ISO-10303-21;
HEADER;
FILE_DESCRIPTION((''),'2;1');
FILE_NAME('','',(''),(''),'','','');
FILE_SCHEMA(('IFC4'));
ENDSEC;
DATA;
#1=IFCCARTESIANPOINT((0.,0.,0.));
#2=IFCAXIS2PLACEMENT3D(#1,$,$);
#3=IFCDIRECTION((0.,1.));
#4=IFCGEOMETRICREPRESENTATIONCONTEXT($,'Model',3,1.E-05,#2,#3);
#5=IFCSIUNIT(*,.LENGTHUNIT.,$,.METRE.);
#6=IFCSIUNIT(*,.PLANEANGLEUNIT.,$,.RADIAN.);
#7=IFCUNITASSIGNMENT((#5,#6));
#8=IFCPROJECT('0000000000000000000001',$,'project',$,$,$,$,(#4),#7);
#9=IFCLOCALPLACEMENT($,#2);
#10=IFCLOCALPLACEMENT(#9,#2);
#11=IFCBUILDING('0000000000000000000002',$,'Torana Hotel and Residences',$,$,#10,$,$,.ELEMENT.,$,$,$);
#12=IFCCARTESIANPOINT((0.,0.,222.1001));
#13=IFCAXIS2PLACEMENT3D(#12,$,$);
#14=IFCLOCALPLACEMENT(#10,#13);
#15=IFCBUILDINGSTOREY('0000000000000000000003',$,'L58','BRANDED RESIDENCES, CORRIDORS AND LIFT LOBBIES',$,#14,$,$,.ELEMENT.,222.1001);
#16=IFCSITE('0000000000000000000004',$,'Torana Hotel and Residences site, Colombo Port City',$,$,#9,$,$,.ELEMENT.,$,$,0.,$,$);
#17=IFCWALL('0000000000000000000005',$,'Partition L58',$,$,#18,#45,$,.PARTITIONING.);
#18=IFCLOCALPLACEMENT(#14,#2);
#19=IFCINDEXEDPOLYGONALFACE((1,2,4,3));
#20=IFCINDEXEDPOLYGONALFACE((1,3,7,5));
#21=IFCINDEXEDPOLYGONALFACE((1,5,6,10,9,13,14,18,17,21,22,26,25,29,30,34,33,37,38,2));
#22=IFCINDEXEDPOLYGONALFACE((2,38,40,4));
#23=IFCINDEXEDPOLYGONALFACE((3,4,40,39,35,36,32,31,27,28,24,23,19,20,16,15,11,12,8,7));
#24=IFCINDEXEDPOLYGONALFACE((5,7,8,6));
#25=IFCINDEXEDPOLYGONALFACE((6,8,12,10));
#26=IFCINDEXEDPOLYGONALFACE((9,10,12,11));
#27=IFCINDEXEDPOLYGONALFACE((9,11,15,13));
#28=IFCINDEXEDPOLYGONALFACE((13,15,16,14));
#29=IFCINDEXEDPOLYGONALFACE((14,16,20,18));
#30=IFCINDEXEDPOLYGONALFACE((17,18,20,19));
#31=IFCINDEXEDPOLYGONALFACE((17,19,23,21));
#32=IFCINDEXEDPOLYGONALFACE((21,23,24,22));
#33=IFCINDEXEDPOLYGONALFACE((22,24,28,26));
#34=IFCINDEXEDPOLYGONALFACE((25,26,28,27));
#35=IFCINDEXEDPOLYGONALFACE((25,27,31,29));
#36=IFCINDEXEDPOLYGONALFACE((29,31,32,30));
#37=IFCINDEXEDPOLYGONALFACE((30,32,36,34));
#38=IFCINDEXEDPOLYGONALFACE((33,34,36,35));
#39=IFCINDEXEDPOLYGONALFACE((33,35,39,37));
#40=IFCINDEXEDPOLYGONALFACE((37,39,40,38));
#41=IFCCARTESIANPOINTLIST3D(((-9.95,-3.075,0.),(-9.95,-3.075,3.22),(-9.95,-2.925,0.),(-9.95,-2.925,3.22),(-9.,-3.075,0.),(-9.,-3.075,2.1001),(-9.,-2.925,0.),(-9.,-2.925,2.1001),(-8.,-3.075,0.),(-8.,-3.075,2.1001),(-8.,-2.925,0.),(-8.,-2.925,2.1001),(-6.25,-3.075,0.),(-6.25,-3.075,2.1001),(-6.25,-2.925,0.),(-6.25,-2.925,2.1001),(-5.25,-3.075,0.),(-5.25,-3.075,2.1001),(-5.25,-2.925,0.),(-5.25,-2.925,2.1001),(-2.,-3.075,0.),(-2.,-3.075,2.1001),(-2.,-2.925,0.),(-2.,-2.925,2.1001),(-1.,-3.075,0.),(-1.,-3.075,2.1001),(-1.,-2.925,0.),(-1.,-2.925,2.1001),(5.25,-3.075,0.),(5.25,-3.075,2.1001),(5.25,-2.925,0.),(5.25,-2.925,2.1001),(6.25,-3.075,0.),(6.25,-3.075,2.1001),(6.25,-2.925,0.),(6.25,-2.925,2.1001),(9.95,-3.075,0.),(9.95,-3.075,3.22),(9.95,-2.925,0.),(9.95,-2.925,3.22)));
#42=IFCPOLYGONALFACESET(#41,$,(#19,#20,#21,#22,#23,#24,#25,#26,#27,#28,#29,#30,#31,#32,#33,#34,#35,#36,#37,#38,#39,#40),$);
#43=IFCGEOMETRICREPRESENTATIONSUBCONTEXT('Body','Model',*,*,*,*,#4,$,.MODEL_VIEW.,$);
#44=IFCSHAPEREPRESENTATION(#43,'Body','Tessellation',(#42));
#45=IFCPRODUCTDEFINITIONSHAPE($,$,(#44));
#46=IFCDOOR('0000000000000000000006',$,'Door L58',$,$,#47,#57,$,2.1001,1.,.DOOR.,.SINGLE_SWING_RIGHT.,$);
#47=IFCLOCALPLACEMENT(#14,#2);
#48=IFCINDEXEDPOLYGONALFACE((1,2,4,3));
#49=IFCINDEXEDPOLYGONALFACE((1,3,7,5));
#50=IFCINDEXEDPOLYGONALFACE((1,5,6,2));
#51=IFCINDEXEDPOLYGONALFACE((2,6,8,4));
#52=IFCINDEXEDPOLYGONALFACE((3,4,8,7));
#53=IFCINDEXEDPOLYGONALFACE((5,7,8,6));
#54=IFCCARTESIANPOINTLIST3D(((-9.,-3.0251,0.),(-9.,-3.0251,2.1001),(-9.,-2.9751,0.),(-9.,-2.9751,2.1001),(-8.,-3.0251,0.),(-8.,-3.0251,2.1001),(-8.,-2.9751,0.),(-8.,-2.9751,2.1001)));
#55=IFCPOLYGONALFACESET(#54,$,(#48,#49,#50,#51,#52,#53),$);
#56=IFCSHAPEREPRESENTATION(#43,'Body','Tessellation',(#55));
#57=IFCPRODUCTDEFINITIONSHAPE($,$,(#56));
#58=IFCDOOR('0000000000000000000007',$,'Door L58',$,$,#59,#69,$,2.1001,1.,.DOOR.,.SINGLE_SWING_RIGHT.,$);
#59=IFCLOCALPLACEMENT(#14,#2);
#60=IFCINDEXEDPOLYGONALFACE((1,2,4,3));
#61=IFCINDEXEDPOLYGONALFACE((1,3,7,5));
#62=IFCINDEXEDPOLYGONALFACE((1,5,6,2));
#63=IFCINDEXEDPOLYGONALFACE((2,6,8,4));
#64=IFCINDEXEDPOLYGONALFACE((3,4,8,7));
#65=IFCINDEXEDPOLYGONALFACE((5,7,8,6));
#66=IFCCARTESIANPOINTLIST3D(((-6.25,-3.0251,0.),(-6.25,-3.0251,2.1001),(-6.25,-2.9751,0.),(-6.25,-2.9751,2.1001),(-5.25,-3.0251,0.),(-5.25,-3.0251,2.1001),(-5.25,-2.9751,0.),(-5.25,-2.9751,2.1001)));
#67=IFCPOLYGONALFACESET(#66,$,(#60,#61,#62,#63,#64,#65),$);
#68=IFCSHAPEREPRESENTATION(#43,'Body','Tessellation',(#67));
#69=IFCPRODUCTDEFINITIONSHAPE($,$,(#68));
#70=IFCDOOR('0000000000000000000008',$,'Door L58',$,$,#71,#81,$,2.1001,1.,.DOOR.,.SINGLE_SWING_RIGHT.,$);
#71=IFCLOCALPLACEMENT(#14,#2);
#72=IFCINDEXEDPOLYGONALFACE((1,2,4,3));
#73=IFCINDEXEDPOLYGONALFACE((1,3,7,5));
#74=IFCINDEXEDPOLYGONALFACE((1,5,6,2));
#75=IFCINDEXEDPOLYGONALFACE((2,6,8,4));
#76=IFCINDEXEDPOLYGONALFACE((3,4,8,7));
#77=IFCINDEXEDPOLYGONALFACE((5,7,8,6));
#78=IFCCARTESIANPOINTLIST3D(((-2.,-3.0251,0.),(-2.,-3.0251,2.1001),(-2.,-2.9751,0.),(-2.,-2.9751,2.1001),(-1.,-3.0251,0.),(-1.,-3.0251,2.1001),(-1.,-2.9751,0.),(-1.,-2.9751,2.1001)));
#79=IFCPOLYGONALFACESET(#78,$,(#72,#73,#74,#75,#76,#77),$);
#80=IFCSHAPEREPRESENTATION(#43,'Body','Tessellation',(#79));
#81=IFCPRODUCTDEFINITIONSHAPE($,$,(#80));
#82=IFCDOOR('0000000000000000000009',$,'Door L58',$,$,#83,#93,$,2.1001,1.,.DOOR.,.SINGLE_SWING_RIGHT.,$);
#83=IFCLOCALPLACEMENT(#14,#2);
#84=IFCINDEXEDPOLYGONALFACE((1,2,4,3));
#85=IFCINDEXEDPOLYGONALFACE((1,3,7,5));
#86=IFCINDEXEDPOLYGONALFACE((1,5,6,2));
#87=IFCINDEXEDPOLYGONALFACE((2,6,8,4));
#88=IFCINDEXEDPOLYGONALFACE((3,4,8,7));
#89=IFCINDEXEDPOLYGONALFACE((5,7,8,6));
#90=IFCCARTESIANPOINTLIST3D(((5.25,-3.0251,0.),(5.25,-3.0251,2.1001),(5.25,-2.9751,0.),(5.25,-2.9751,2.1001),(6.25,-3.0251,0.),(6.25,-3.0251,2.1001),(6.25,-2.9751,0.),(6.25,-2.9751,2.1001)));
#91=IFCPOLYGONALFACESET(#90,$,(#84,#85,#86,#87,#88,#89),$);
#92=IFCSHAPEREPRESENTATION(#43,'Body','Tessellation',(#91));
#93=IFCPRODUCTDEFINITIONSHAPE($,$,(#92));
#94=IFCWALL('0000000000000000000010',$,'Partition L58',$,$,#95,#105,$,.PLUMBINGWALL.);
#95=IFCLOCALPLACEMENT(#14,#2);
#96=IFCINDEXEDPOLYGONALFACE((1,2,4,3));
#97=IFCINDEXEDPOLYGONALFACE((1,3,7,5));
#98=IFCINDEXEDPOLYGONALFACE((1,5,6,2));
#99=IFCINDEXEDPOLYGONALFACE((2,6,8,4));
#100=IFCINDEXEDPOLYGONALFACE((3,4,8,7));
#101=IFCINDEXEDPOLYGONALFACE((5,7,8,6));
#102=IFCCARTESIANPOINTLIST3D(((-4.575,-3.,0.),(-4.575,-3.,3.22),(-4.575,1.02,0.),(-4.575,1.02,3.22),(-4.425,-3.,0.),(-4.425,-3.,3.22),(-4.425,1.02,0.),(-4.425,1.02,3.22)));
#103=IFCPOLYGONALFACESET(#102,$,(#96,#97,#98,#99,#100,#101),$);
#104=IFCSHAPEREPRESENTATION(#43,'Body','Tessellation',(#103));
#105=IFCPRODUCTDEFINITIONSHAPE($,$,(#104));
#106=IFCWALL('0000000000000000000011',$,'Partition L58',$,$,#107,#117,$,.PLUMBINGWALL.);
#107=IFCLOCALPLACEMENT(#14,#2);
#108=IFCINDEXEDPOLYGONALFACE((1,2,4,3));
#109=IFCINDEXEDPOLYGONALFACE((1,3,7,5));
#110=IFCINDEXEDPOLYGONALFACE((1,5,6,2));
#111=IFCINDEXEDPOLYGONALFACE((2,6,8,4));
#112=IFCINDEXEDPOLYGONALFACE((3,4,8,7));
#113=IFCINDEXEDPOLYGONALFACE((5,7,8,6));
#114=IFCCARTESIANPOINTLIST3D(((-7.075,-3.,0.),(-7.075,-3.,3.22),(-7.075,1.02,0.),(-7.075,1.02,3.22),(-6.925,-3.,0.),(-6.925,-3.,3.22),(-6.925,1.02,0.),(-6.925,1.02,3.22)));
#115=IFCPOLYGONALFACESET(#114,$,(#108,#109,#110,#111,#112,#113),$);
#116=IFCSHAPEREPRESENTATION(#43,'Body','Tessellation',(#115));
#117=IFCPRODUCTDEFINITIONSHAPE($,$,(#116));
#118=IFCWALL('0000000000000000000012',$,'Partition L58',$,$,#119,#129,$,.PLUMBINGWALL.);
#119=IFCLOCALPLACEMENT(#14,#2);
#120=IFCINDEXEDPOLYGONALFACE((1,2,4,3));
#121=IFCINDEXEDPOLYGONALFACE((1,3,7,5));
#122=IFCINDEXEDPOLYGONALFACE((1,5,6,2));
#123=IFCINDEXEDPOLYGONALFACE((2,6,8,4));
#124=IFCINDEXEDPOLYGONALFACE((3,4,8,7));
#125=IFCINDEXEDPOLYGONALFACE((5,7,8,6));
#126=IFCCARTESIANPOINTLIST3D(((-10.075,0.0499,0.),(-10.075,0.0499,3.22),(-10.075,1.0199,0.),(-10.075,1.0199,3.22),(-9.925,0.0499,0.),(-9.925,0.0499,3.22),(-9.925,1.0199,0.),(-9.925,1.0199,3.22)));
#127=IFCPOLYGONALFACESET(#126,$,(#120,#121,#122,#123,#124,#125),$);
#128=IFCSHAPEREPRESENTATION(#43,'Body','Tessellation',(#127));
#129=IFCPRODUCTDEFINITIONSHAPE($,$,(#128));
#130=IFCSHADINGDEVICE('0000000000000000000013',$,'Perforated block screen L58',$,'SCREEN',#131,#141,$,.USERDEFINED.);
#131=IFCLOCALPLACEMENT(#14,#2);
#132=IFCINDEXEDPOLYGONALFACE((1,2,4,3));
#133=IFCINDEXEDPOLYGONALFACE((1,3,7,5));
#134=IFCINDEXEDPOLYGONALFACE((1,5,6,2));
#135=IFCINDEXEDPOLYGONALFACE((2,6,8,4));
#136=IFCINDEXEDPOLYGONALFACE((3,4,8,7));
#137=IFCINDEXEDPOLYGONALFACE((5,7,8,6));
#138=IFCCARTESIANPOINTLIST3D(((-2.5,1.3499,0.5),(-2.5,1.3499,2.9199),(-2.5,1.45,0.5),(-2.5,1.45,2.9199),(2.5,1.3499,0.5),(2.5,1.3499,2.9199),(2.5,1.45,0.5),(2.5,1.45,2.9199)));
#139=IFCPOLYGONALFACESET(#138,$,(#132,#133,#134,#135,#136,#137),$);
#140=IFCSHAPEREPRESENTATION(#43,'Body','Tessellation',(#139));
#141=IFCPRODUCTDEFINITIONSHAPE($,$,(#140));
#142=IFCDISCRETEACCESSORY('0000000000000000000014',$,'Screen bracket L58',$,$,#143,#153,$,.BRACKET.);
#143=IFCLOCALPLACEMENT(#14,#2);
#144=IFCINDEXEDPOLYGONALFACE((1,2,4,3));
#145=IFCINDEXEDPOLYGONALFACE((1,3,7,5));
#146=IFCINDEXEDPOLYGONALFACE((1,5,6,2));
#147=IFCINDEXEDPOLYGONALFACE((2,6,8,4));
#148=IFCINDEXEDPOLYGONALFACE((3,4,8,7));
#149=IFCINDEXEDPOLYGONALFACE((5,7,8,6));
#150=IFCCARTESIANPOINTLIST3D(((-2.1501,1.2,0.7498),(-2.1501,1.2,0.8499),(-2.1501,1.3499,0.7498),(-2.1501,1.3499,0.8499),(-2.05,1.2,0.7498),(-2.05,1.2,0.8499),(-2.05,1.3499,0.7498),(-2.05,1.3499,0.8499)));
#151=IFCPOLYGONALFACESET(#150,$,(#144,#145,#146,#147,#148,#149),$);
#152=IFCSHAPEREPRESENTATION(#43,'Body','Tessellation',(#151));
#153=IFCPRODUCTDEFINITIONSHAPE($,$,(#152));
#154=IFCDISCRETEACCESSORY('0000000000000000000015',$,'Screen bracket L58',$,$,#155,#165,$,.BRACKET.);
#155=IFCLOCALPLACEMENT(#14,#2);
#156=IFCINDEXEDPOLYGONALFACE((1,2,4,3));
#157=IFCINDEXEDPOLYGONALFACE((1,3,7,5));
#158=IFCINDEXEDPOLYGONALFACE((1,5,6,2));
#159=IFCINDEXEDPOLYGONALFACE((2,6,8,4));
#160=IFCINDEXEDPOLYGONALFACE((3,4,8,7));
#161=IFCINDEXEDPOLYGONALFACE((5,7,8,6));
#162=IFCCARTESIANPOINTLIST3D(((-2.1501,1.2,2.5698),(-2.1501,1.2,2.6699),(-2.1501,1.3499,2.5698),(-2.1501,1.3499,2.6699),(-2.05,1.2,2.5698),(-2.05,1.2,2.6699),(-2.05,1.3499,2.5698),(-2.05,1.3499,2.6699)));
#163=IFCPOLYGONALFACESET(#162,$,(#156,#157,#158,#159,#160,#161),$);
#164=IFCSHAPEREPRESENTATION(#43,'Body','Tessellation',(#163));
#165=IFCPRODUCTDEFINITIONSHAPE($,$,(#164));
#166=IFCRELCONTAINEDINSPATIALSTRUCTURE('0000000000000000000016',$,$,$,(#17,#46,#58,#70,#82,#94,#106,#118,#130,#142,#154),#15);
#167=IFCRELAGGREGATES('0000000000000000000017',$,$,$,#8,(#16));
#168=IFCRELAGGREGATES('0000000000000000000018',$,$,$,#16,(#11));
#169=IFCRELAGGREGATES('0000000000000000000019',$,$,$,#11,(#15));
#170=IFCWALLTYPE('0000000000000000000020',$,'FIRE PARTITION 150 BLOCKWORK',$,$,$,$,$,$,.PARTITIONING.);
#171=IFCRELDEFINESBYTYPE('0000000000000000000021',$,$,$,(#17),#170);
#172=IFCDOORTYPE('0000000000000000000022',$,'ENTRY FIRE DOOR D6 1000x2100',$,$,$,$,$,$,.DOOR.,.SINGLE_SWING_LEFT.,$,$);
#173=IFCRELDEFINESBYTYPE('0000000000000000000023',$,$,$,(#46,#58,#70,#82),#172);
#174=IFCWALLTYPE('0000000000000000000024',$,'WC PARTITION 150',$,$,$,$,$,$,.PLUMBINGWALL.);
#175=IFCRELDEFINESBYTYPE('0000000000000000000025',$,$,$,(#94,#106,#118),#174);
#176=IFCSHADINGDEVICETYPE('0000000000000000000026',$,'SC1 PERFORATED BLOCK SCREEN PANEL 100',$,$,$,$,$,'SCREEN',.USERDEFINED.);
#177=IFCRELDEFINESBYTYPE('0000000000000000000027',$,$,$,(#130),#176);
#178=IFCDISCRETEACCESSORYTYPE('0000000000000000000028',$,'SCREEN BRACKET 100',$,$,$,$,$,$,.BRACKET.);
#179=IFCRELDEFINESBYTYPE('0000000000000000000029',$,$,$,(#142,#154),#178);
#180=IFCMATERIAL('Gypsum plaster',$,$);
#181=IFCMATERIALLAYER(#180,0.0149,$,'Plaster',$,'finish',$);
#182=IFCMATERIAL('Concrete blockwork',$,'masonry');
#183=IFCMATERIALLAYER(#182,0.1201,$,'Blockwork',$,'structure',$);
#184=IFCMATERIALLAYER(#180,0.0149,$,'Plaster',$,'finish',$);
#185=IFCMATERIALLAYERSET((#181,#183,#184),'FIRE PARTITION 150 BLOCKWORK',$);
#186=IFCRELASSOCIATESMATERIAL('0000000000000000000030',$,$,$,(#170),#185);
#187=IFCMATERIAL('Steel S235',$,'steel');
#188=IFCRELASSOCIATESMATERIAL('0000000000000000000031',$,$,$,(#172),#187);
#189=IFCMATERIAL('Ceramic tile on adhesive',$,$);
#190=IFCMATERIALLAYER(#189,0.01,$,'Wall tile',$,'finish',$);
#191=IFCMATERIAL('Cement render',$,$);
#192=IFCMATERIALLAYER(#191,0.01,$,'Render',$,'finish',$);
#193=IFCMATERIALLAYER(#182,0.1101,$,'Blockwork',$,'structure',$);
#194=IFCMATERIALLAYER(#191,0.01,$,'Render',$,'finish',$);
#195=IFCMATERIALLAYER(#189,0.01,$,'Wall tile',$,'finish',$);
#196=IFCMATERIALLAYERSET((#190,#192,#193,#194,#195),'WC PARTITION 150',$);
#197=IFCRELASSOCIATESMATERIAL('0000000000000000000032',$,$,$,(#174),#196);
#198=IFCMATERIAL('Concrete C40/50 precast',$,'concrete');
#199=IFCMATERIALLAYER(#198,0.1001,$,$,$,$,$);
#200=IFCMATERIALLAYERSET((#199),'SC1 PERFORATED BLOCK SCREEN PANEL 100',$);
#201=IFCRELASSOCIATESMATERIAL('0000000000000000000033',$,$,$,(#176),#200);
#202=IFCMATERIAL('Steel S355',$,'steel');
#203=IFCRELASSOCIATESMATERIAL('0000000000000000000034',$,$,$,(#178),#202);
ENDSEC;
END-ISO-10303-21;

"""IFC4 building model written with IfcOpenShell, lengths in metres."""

from ifc_helpers import new_model, si_unit, direction, frame, frame_2d, origin, origin_2d, place, context, subcontext, project, spatial, rectangle, extrude, material, layer, layer_set, type_object, element, fill, save


model = new_model("IFC4")

# Units and contexts
model_context = context("Model", 3, precision=1e-05, world=origin(), true_north=direction((0.0, 1.0)))
body_context = subcontext(model_context, "Body", "Model", "MODEL_VIEW")
ifc_project = project(units=[si_unit("LENGTHUNIT", "METRE"), si_unit("PLANEANGLEUNIT", "RADIAN")], contexts=[model_context])

# Site, building, storey
site_placement = place(None, origin())
site = spatial("IfcSite", under=ifc_project, at=site_placement, Name="Torana Hotel and Residences site, Colombo Port City", CompositionType="ELEMENT", RefElevation=0.0)
building_placement = place(site_placement, origin())
building = spatial("IfcBuilding", under=site, at=building_placement, Name="Torana Hotel and Residences", CompositionType="ELEMENT")
storey_placement = place(building_placement, frame((0.0, 0.0, 222.1001)))
storey = spatial("IfcBuildingStorey", under=building, at=storey_placement, Name="L58", Description="BRANDED RESIDENCES, CORRIDORS AND LIFT LOBBIES", CompositionType="ELEMENT", Elevation=222.1001)

# Shared definitions
ifc_material_1 = material(Name="Gypsum plaster")
ifc_layer_1 = layer(ifc_material_1, 0.0149, Name="Plaster", Category="finish")
ifc_material_2 = material(Name="Concrete blockwork", Category="masonry")
ifc_layer_2 = layer(ifc_material_2, 0.1201, Name="Blockwork", Category="structure")
ifc_layer_3 = layer(ifc_material_1, 0.0149, Name="Plaster", Category="finish")
ifc_layer_set_1 = layer_set([ifc_layer_1, ifc_layer_2, ifc_layer_3], Name="FIRE PARTITION 150 BLOCKWORK")
wall_type_1 = type_object("IfcWallType", Name="FIRE PARTITION 150 BLOCKWORK", PredefinedType="PARTITIONING", material=ifc_layer_set_1)

# Wall, openings, doors
ifc_material_3 = material(Name="Steel S235", Category="steel")
door_type = type_object("IfcDoorType", Name="ENTRY FIRE DOOR D6 1000x2100", OperationType="SINGLE_SWING_LEFT", PredefinedType="DOOR", material=ifc_material_3)
wall_1_placement = place(storey_placement, frame((-9.95, -3.0, 0.0), z_axis=(0.0, 0.0, 1.0), x_axis=(1.0, 0.0, 0.0)))
wall_1 = element("IfcWall", 1, at=wall_1_placement, inside=storey, type_object=wall_type_1, Name="Partition L58", PredefinedType="PARTITIONING", context=body_context, shape_type="SweptSolid", body=[
    extrude(rectangle(XDim=19.8999, YDim=0.1499, at=frame_2d((9.95, 0.0))), origin(), (0.0, 0.0, 1.0), 3.22),
])
opening_1_placement = place(wall_1_placement, frame((0.95, 0.0, 0.0)))
opening_1 = element("IfcOpeningElement", 2, at=opening_1_placement, cuts=wall_1, PredefinedType="OPENING", context=body_context, shape_type="SweptSolid", body=[
    extrude(rectangle(XDim=1.0, YDim=2.1001, at=frame_2d((0.5, 1.05))), frame((0.0, 0.085, 0.0), z_axis=(0.0, -1.0, 0.0), x_axis=(1.0, 0.0, 0.0)), (0.0, 0.0, 1.0), 0.1699),
])
opening_2_placement = place(wall_1_placement, frame((3.7, 0.0, 0.0)))
opening_2 = element("IfcOpeningElement", 3, at=opening_2_placement, cuts=wall_1, PredefinedType="OPENING", context=body_context, shape_type="SweptSolid", body=[
    extrude(rectangle(XDim=1.0, YDim=2.1001, at=frame_2d((0.5, 1.05))), frame((0.0, 0.085, 0.0), z_axis=(0.0, -1.0, 0.0), x_axis=(1.0, 0.0, 0.0)), (0.0, 0.0, 1.0), 0.1699),
])
opening_3_placement = place(wall_1_placement, frame((7.95, 0.0, 0.0)))
opening_3 = element("IfcOpeningElement", 4, at=opening_3_placement, cuts=wall_1, PredefinedType="OPENING", context=body_context, shape_type="SweptSolid", body=[
    extrude(rectangle(XDim=1.0, YDim=2.1001, at=frame_2d((0.5, 1.05))), frame((0.0, 0.085, 0.0), z_axis=(0.0, -1.0, 0.0), x_axis=(1.0, 0.0, 0.0)), (0.0, 0.0, 1.0), 0.1699),
])
opening_4_placement = place(wall_1_placement, frame((15.2, 0.0, 0.0)))
opening_4 = element("IfcOpeningElement", 5, at=opening_4_placement, cuts=wall_1, PredefinedType="OPENING", context=body_context, shape_type="SweptSolid", body=[
    extrude(rectangle(XDim=1.0, YDim=2.1001, at=frame_2d((0.5, 1.05))), frame((0.0, 0.085, 0.0), z_axis=(0.0, -1.0, 0.0), x_axis=(1.0, 0.0, 0.0)), (0.0, 0.0, 1.0), 0.1699),
])
door_1_placement = place(opening_1_placement, origin())
door_1 = element("IfcDoor", 6, at=door_1_placement, inside=storey, type_object=door_type, Name="Door L58", OperationType="SINGLE_SWING_RIGHT", OverallHeight=2.1001, OverallWidth=1.0, PredefinedType="DOOR", context=body_context, shape_type="SweptSolid", body=[
    extrude(rectangle(XDim=1.0, YDim=2.1001, at=frame_2d((0.5, 1.05))), frame((0.0, 0.0249, 0.0), z_axis=(0.0, -1.0, 0.0), x_axis=(1.0, 0.0, 0.0)), (0.0, 0.0, 1.0), 0.05),
])
fill(opening_1, door_1)
door_2_placement = place(opening_2_placement, origin())
door_2 = element("IfcDoor", 7, at=door_2_placement, inside=storey, type_object=door_type, Name="Door L58", OperationType="SINGLE_SWING_RIGHT", OverallHeight=2.1001, OverallWidth=1.0, PredefinedType="DOOR", context=body_context, shape_type="SweptSolid", body=[
    extrude(rectangle(XDim=1.0, YDim=2.1001, at=frame_2d((0.5, 1.05))), frame((0.0, 0.0249, 0.0), z_axis=(0.0, -1.0, 0.0), x_axis=(1.0, 0.0, 0.0)), (0.0, 0.0, 1.0), 0.05),
])
fill(opening_2, door_2)
door_3_placement = place(opening_3_placement, origin())
door_3 = element("IfcDoor", 8, at=door_3_placement, inside=storey, type_object=door_type, Name="Door L58", OperationType="SINGLE_SWING_RIGHT", OverallHeight=2.1001, OverallWidth=1.0, PredefinedType="DOOR", context=body_context, shape_type="SweptSolid", body=[
    extrude(rectangle(XDim=1.0, YDim=2.1001, at=frame_2d((0.5, 1.05))), frame((0.0, 0.0249, 0.0), z_axis=(0.0, -1.0, 0.0), x_axis=(1.0, 0.0, 0.0)), (0.0, 0.0, 1.0), 0.05),
])
fill(opening_3, door_3)
door_4_placement = place(opening_4_placement, origin())
door_4 = element("IfcDoor", 9, at=door_4_placement, inside=storey, type_object=door_type, Name="Door L58", OperationType="SINGLE_SWING_RIGHT", OverallHeight=2.1001, OverallWidth=1.0, PredefinedType="DOOR", context=body_context, shape_type="SweptSolid", body=[
    extrude(rectangle(XDim=1.0, YDim=2.1001, at=frame_2d((0.5, 1.05))), frame((0.0, 0.0249, 0.0), z_axis=(0.0, -1.0, 0.0), x_axis=(1.0, 0.0, 0.0)), (0.0, 0.0, 1.0), 0.05),
])
fill(opening_4, door_4)

# Walls
ifc_material_4 = material(Name="Ceramic tile on adhesive")
ifc_layer_4 = layer(ifc_material_4, 0.01, Name="Wall tile", Category="finish")
ifc_material_5 = material(Name="Cement render")
ifc_layer_5 = layer(ifc_material_5, 0.01, Name="Render", Category="finish")
ifc_layer_6 = layer(ifc_material_2, 0.1101, Name="Blockwork", Category="structure")
ifc_layer_7 = layer(ifc_material_5, 0.01, Name="Render", Category="finish")
ifc_layer_8 = layer(ifc_material_4, 0.01, Name="Wall tile", Category="finish")
ifc_layer_set_2 = layer_set([ifc_layer_4, ifc_layer_5, ifc_layer_6, ifc_layer_7, ifc_layer_8], Name="WC PARTITION 150")
wall_type_2 = type_object("IfcWallType", Name="WC PARTITION 150", PredefinedType="PLUMBINGWALL", material=ifc_layer_set_2)
for number, where, z_axis, x_axis, name in (
    (10, (-4.5, -3.0, 0.0), (0.0, 0.0, 1.0), (0.0, 1.0, 0.0), "Partition L58"),
    (11, (-7.0, -3.0, 0.0), (0.0, 0.0, 1.0), (0.0, 1.0, 0.0), "Partition L58"),
):
    element("IfcWall", number, at=place(storey_placement, frame(where, z_axis=z_axis, x_axis=x_axis)), inside=storey, type_object=wall_type_2, Name=name, PredefinedType="PLUMBINGWALL", context=body_context, shape_type="SweptSolid", body=[
        extrude(rectangle(XDim=4.02, YDim=0.1499, at=frame_2d((2.01, 0.0))), origin(), (0.0, 0.0, 1.0), 3.22),
    ])
wall_2_placement = place(storey_placement, frame((-10.0, 0.05, 0.0), z_axis=(0.0, 0.0, 1.0), x_axis=(0.0, 1.0, 0.0)))
element("IfcWall", 12, at=wall_2_placement, inside=storey, type_object=wall_type_2, Name="Partition L58", PredefinedType="PLUMBINGWALL", context=body_context, shape_type="SweptSolid", body=[
    extrude(rectangle(XDim=0.97, YDim=0.1499, at=frame_2d((0.4849, 0.0))), origin(), (0.0, 0.0, 1.0), 3.22),
])

# Shading device
ifc_material_6 = material(Name="Concrete C40/50 precast", Category="concrete")
ifc_layer_9 = layer(ifc_material_6, 0.1001)
ifc_layer_set_3 = layer_set([ifc_layer_9], Name="SC1 PERFORATED BLOCK SCREEN PANEL 100")
shading_device_type = type_object("IfcShadingDeviceType", Name="SC1 PERFORATED BLOCK SCREEN PANEL 100", ElementType="SCREEN", PredefinedType="USERDEFINED", material=ifc_layer_set_3)
shading_device_placement = place(storey_placement, frame((0.0, 1.3999, 0.5), z_axis=(0.0, 0.0, 1.0), x_axis=(-1.0, 0.0, 0.0)))
element("IfcShadingDevice", 13, at=shading_device_placement, inside=storey, type_object=shading_device_type, Name="Perforated block screen L58", ObjectType="SCREEN", PredefinedType="USERDEFINED", context=body_context, shape_type="SweptSolid", body=[
    extrude(rectangle(XDim=5.0, YDim=0.1001, at=origin_2d()), origin(), (0.0, 0.0, 1.0), 2.4199),
])

# Discrete accessories
ifc_material_7 = material(Name="Steel S355", Category="steel")
discrete_accessory_type = type_object("IfcDiscreteAccessoryType", Name="SCREEN BRACKET 100", PredefinedType="BRACKET", material=ifc_material_7)
for number, where, z_axis, x_axis, name in (
    (14, (-2.1001, 1.2749, 0.7498), (0.0, 0.0, 1.0), (-1.0, 0.0, 0.0), "Screen bracket L58"),
    (15, (-2.1001, 1.2749, 2.5698), (0.0, 0.0, 1.0), (-1.0, 0.0, 0.0), "Screen bracket L58"),
):
    element("IfcDiscreteAccessory", number, at=place(storey_placement, frame(where, z_axis=z_axis, x_axis=x_axis)), inside=storey, type_object=discrete_accessory_type, Name=name, PredefinedType="BRACKET", context=body_context, shape_type="SweptSolid", body=[
        extrude(rectangle(XDim=0.1001, YDim=0.1499, at=origin_2d()), origin(), (0.0, 0.0, 1.0), 0.1001),
    ])

save(model, "model.ifc")
